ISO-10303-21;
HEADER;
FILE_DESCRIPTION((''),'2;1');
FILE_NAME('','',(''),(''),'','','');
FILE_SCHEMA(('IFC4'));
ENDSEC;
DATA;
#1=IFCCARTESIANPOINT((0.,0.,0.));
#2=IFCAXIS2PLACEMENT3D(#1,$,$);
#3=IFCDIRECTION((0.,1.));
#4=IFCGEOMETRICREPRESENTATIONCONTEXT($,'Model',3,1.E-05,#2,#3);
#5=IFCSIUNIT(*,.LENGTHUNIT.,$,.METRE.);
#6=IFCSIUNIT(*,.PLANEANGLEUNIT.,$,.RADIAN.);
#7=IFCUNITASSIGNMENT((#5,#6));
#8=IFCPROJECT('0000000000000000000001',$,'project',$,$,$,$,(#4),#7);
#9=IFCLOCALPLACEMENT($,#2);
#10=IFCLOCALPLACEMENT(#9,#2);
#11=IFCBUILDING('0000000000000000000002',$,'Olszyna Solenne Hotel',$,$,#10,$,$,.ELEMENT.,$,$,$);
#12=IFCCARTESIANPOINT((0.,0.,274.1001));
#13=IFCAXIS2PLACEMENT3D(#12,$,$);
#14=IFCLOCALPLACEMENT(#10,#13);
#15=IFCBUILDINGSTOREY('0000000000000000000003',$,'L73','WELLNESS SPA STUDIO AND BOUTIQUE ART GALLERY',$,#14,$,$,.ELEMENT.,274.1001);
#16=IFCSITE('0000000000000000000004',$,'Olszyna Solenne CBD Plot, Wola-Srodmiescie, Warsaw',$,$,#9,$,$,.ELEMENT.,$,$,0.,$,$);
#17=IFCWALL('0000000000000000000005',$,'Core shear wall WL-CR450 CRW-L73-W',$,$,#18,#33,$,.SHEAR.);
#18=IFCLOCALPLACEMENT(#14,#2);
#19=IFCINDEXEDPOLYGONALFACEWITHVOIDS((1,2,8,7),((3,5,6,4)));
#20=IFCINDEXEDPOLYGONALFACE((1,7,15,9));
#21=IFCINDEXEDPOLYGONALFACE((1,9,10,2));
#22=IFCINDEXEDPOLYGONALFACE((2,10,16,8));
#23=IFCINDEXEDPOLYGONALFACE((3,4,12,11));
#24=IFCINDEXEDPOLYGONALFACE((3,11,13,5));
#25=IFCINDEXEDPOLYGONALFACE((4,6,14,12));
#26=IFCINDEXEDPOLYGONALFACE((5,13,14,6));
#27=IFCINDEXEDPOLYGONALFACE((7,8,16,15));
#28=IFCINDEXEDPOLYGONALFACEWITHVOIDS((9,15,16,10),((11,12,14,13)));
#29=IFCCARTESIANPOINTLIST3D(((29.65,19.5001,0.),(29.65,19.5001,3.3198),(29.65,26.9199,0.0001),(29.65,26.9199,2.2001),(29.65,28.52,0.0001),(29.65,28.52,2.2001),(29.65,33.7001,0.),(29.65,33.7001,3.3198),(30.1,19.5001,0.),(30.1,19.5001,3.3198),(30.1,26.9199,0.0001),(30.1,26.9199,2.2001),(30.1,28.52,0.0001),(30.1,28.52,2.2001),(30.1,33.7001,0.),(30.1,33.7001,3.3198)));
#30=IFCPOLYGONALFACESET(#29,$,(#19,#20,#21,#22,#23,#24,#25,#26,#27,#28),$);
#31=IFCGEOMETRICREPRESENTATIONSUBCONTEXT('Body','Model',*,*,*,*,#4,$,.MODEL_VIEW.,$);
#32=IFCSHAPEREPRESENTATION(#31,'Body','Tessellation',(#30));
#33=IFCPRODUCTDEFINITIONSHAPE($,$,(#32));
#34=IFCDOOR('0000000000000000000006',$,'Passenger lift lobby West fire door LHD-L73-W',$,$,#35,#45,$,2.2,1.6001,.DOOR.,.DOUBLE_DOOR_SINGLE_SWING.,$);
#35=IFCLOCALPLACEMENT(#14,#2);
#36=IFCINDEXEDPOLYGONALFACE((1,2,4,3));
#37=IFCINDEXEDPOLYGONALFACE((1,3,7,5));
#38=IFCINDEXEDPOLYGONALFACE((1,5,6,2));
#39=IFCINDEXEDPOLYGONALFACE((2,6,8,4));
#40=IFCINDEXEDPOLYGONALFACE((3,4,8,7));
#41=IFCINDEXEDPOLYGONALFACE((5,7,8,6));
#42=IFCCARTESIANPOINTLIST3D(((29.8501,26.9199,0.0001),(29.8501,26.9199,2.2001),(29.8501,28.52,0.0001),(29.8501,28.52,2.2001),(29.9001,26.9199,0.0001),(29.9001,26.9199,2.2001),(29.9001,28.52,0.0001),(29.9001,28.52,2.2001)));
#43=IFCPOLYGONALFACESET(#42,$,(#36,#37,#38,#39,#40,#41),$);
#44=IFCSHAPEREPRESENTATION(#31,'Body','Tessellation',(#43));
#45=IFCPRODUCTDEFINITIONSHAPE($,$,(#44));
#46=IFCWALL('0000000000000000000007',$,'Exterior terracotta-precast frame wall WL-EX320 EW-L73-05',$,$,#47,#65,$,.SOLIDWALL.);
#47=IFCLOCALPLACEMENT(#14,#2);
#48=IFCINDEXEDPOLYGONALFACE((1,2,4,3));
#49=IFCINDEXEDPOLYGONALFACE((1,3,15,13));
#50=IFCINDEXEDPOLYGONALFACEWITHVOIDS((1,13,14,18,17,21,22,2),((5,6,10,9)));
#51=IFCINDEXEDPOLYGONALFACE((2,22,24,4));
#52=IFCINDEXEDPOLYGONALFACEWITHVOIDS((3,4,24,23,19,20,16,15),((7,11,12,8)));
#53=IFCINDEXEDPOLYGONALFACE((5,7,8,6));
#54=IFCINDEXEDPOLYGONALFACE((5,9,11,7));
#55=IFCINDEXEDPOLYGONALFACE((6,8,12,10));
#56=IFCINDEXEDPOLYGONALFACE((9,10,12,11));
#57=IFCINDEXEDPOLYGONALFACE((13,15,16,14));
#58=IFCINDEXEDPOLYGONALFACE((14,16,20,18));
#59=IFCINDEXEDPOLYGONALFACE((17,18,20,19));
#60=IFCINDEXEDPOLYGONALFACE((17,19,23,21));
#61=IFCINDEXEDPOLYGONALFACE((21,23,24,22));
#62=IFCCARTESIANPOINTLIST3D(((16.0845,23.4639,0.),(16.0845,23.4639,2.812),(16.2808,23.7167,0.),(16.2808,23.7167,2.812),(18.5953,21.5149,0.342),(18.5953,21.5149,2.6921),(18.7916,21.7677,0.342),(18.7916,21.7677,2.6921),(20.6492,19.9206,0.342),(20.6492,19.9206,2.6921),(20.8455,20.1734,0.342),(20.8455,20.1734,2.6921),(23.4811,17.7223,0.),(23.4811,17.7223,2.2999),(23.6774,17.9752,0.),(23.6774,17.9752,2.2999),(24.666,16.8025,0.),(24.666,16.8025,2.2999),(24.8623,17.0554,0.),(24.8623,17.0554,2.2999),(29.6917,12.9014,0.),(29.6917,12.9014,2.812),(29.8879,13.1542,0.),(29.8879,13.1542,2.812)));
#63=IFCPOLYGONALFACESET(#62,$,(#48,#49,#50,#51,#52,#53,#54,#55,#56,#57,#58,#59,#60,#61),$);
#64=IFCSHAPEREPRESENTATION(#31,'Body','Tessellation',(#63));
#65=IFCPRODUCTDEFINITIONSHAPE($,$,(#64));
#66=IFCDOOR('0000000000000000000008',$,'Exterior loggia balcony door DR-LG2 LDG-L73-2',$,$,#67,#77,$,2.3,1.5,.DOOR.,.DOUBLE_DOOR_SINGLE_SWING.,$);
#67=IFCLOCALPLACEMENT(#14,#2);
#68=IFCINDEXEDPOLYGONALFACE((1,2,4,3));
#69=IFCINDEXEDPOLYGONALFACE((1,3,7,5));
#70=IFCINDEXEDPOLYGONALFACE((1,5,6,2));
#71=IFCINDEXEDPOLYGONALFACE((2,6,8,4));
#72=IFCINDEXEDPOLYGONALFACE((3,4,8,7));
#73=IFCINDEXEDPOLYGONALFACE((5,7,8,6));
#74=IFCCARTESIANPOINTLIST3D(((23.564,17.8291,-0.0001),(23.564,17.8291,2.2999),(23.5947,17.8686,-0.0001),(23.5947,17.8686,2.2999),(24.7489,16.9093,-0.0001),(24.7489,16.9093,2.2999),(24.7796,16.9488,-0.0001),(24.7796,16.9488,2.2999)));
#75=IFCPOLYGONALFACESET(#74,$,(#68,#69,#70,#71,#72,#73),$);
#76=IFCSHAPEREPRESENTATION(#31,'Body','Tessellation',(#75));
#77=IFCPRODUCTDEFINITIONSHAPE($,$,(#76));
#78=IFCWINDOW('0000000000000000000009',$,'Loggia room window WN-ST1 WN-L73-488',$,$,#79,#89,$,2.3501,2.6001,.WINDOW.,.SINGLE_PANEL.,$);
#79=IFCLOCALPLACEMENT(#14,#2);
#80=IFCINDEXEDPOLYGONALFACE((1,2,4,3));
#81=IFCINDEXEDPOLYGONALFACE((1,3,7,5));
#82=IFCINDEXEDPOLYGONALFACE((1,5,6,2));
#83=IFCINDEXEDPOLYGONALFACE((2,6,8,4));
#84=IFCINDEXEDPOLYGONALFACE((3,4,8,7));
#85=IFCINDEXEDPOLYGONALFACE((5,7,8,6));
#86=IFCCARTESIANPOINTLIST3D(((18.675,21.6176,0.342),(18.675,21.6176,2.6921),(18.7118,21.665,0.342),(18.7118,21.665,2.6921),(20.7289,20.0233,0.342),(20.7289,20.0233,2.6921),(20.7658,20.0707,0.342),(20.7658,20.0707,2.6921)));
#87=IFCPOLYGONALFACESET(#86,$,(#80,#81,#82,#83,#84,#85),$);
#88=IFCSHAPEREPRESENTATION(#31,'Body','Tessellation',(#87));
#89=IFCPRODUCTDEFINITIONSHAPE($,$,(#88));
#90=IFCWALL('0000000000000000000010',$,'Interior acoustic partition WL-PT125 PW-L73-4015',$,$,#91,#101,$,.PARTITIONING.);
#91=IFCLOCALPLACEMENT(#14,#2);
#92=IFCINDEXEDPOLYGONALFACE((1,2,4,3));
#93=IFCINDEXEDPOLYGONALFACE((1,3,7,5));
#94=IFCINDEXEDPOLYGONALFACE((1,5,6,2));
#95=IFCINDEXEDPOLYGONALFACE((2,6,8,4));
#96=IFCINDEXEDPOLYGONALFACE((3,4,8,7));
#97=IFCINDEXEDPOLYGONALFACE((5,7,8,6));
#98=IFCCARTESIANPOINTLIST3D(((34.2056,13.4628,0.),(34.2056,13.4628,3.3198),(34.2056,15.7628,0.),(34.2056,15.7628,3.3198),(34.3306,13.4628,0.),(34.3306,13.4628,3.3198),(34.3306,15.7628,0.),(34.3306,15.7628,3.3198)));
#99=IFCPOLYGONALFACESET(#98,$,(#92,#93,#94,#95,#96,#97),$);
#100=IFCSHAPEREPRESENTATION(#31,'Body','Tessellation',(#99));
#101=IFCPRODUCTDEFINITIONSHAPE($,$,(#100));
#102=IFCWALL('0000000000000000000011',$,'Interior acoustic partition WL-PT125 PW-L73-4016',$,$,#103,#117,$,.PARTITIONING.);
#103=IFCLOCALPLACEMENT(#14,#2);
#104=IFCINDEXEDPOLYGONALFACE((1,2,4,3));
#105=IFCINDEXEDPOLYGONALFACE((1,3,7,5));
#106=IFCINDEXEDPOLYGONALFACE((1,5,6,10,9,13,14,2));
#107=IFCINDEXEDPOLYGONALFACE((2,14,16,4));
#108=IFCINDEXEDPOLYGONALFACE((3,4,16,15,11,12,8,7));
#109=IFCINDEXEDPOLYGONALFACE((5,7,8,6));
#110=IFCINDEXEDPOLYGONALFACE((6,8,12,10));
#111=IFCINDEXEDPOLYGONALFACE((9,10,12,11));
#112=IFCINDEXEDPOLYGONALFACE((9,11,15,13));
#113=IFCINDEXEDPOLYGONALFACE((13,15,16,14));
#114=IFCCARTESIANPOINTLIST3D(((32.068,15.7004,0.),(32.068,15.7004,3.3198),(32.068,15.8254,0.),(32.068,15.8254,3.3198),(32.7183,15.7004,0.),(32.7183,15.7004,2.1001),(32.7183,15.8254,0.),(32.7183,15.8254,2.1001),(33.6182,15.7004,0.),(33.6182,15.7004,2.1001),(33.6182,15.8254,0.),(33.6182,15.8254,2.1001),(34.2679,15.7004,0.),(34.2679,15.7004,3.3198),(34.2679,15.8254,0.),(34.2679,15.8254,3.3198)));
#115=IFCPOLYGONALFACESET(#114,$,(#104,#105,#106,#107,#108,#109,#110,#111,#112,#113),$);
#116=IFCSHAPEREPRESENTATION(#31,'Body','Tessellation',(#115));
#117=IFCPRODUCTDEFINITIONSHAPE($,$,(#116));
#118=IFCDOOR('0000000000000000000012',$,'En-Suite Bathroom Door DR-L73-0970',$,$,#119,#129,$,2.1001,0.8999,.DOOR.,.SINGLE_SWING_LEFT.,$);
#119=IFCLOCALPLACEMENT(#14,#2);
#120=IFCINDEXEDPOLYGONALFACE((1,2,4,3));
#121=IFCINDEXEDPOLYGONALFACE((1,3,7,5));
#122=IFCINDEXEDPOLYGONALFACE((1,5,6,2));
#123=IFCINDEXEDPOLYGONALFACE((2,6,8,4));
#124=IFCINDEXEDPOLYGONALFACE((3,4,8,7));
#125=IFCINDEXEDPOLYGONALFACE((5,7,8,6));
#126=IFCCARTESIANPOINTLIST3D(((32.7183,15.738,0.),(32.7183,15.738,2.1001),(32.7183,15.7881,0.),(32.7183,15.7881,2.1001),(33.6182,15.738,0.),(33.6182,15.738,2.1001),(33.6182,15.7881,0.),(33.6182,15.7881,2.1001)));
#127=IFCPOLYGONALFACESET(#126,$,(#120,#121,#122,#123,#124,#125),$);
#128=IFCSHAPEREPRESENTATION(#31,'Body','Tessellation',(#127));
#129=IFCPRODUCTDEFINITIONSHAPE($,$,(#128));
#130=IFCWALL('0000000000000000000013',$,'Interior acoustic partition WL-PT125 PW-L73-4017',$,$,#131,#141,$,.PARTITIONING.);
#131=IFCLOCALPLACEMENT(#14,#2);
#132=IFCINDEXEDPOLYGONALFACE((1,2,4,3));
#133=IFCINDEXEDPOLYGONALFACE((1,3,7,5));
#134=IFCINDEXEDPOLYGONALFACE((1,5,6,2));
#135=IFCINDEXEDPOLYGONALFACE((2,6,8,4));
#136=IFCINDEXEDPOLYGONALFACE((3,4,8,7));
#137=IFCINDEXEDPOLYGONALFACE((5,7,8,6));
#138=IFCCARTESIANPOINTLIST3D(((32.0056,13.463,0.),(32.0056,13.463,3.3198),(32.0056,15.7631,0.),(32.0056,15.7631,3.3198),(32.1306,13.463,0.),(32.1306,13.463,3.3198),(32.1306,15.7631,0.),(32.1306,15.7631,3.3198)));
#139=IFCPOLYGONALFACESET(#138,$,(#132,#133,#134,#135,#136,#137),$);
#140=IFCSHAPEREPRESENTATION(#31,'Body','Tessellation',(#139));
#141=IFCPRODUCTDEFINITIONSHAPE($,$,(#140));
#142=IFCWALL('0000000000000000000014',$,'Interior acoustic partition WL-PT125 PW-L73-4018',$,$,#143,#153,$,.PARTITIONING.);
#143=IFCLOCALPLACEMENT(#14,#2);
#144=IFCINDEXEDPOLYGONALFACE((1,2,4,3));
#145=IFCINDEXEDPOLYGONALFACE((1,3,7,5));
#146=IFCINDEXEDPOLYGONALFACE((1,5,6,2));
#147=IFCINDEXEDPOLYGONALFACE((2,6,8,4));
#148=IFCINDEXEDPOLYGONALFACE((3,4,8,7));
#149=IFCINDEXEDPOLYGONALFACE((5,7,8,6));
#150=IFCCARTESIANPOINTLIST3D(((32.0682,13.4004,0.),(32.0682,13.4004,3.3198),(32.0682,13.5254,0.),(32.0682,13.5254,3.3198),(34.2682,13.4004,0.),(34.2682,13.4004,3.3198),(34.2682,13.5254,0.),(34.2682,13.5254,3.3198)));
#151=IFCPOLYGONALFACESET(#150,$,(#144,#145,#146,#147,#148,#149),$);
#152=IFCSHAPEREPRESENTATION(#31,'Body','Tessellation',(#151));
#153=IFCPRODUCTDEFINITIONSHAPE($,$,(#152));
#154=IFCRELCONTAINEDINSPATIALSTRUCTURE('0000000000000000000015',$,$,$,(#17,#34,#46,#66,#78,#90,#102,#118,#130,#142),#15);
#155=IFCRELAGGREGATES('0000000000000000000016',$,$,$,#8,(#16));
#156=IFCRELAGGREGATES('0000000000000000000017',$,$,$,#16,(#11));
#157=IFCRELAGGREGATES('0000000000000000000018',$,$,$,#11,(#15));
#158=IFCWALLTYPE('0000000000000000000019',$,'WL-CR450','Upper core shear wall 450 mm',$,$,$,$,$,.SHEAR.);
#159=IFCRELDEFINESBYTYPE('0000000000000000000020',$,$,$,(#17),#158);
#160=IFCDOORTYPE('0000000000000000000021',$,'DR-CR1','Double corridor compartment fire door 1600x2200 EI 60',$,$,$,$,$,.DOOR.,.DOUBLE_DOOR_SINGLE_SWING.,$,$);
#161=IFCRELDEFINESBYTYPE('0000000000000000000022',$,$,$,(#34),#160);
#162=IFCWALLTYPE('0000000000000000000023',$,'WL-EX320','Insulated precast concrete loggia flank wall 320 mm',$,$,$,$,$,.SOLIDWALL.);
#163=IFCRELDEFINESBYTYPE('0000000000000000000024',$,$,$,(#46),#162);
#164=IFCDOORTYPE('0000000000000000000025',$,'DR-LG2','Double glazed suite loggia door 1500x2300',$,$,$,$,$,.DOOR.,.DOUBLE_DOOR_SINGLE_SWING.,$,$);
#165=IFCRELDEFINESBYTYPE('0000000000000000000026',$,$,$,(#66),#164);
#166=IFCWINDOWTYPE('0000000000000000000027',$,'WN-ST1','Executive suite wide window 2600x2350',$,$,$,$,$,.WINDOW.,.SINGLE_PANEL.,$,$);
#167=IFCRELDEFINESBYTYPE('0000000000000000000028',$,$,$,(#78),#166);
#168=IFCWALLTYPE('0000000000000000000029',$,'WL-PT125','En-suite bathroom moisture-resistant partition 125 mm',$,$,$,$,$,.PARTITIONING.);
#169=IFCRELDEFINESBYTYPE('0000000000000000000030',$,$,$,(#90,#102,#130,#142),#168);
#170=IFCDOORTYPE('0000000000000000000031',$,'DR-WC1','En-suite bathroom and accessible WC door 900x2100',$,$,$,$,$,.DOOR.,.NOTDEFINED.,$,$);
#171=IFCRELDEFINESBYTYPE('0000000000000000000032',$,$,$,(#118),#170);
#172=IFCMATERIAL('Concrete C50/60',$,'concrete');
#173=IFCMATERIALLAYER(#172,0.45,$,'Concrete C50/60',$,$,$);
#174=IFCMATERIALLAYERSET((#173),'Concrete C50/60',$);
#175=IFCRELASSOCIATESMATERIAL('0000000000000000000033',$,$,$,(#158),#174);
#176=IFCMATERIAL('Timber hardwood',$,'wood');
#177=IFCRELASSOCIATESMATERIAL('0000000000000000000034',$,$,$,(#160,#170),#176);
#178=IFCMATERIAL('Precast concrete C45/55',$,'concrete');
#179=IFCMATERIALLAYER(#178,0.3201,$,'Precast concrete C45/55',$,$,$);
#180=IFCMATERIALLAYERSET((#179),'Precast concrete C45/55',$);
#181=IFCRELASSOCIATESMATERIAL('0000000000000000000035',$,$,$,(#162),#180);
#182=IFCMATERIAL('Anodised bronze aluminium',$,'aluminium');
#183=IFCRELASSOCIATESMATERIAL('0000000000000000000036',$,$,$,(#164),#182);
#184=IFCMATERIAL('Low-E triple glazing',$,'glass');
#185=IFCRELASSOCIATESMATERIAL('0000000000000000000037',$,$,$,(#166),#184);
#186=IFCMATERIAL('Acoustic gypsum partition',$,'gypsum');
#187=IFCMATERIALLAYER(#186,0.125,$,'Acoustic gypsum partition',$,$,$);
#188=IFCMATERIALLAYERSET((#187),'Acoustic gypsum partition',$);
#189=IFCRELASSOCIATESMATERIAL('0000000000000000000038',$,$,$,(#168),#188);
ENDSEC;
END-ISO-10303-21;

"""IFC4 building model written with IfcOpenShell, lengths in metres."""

from ifc_helpers import new_model, si_unit, direction, frame, frame_2d, origin, place, context, subcontext, project, spatial, rectangle, extrude, source, transform, mapped, material, layer, layer_set, type_object, type_shapes, element, fill, save


model = new_model("IFC4")

# Units and contexts
model_context = context("Model", 3, precision=1e-05, world=origin(), true_north=direction((0.0, 1.0)))
body_context = subcontext(model_context, "Body", "Model", "MODEL_VIEW")
ifc_project = project(units=[si_unit("LENGTHUNIT", "METRE"), si_unit("PLANEANGLEUNIT", "RADIAN")], contexts=[model_context])

# Site, building, storey
site_placement = place(None, origin())
site = spatial("IfcSite", under=ifc_project, at=site_placement, Name="Olszyna Solenne CBD Plot, Wola-Srodmiescie, Warsaw", CompositionType="ELEMENT", RefElevation=0.0)
building_placement = place(site_placement, origin())
building = spatial("IfcBuilding", under=site, at=building_placement, Name="Olszyna Solenne Hotel", CompositionType="ELEMENT")
storey_placement = place(building_placement, frame((0.0, 0.0, 274.1001)))
storey = spatial("IfcBuildingStorey", under=building, at=storey_placement, Name="L73", Description="WELLNESS SPA STUDIO AND BOUTIQUE ART GALLERY", CompositionType="ELEMENT", Elevation=274.1001)

# Shared definitions
ifc_material_1 = material(Name="Anodised bronze aluminium", Category="aluminium")

# Shared definitions
ifc_material_2 = material(Name="Concrete C50/60", Category="concrete")

# Shared definitions
ifc_material_3 = material(Name="Low-E triple glazing", Category="glass")

# Wall, opening, door
ifc_layer_1 = layer(ifc_material_2, 0.45, Name="Concrete C50/60")
ifc_layer_set_1 = layer_set([ifc_layer_1], Name="Concrete C50/60")
wall_type_1 = type_object("IfcWallType", Name="WL-CR450", Description="Upper core shear wall 450 mm", PredefinedType="SHEAR", material=ifc_layer_set_1)
wall_1_placement = place(storey_placement, frame((29.875, 19.5, 0.0), z_axis=(0.0, 0.0, 1.0), x_axis=(0.0, 1.0, 0.0)))
wall_1 = element("IfcWall", 1, at=wall_1_placement, inside=storey, type_object=wall_type_1, Name="Core shear wall WL-CR450 CRW-L73-W", PredefinedType="SHEAR", context=body_context, shape_type="SweptSolid", body=[
    extrude(rectangle(XDim=14.2, YDim=0.45, at=frame_2d((7.1001, 0.0))), origin(), (0.0, 0.0, 1.0), 3.3198),
])
opening_1_placement = place(wall_1_placement, frame((7.4199, 0.0, 0.0)))
opening_1 = element("IfcOpeningElement", 2, at=opening_1_placement, cuts=wall_1, PredefinedType="OPENING", context=body_context, shape_type="SweptSolid", body=[
    extrude(rectangle(XDim=1.6001, YDim=2.2, at=frame_2d((0.8, 1.1001))), frame((0.0, 0.2349, 0.0), z_axis=(0.0, -1.0, 0.0), x_axis=(1.0, 0.0, 0.0)), (0.0, 0.0, 1.0), 0.47),
])
ifc_material_4 = material(Name="Timber hardwood", Category="wood")
door_type_1 = type_object("IfcDoorType", Name="DR-CR1", Description="Double corridor compartment fire door 1600x2200 EI 60", OperationType="DOUBLE_DOOR_SINGLE_SWING", PredefinedType="DOOR", material=ifc_material_4)
shared_shape_1 = source(origin(), body_context, "Body", "SweptSolid", [
    extrude(rectangle(XDim=1.6001, YDim=2.2, at=frame_2d((0.8, 1.1001))), frame((0.0, 0.0249, 0.0), z_axis=(0.0, -1.0, 0.0), x_axis=(1.0, 0.0, 0.0)), (0.0, 0.0, 1.0), 0.05),
])
type_shapes(door_type_1, [shared_shape_1])
door_1_placement = place(opening_1_placement, origin())
door_1 = element("IfcDoor", 3, at=door_1_placement, inside=storey, type_object=door_type_1, Name="Passenger lift lobby West fire door LHD-L73-W", OperationType="DOUBLE_DOOR_SINGLE_SWING", OverallHeight=2.2, OverallWidth=1.6001, PredefinedType="DOOR", context=body_context, shape_type="MappedRepresentation", body=[
    mapped(shared_shape_1, transform((0.0, 0.0, 0.0), x_axis=(1.0, 0.0, 0.0), y_axis=(0.0, 1.0, 0.0), z_axis=(0.0, 0.0, 1.0), scale=1.0)),
])
fill(opening_1, door_1)

# Wall, openings, door, window
ifc_material_5 = material(Name="Precast concrete C45/55", Category="concrete")
ifc_layer_2 = layer(ifc_material_5, 0.3201, Name="Precast concrete C45/55")
ifc_layer_set_2 = layer_set([ifc_layer_2], Name="Precast concrete C45/55")
wall_type_2 = type_object("IfcWallType", Name="WL-EX320", Description="Insulated precast concrete loggia flank wall 320 mm", PredefinedType="SOLIDWALL", material=ifc_layer_set_2)
wall_2_placement = place(storey_placement, frame((29.7898, 13.0278, 0.0), z_axis=(0.0, 0.0, 1.0), x_axis=(-0.789939, 0.613186, 0.0)))
wall_2 = element("IfcWall", 4, at=wall_2_placement, inside=storey, type_object=wall_type_2, Name="Exterior terracotta-precast frame wall WL-EX320 EW-L73-05", PredefinedType="SOLIDWALL", context=body_context, shape_type="SweptSolid", body=[
    extrude(rectangle(XDim=17.2256, YDim=0.3201, at=frame_2d((8.6128, 0.0))), origin(), (0.0, 0.0, 1.0), 2.812),
])
opening_2_placement = place(wall_2_placement, frame((6.3621, 0.0, 0.0)))
opening_2 = element("IfcOpeningElement", 5, at=opening_2_placement, cuts=wall_2, PredefinedType="OPENING", context=body_context, shape_type="SweptSolid", body=[
    extrude(rectangle(XDim=1.5, YDim=2.3, at=frame_2d((0.75, 1.1499))), frame((0.0, 0.1699, 0.0), z_axis=(0.0, -1.0, 0.0), x_axis=(1.0, 0.0, 0.0)), (0.0, 0.0, 1.0), 0.3401),
])
opening_3_placement = place(wall_2_placement, frame((11.447, 0.0, 0.342)))
opening_3 = element("IfcOpeningElement", 6, at=opening_3_placement, cuts=wall_2, PredefinedType="OPENING", context=body_context, shape_type="SweptSolid", body=[
    extrude(rectangle(XDim=2.6001, YDim=2.3501, at=frame_2d((1.3, 1.175))), frame((0.0, 0.1699, 0.0), z_axis=(0.0, -1.0, 0.0), x_axis=(1.0, 0.0, 0.0)), (0.0, 0.0, 1.0), 0.3401),
])
door_type_2 = type_object("IfcDoorType", Name="DR-LG2", Description="Double glazed suite loggia door 1500x2300", OperationType="DOUBLE_DOOR_SINGLE_SWING", PredefinedType="DOOR", material=ifc_material_1)
shared_shape_2 = source(origin(), body_context, "Body", "SweptSolid", [
    extrude(rectangle(XDim=1.5, YDim=2.3, at=frame_2d((0.75, 1.1499))), frame((0.0, 0.0249, 0.0), z_axis=(0.0, -1.0, 0.0), x_axis=(1.0, 0.0, 0.0)), (0.0, 0.0, 1.0), 0.05),
])
type_shapes(door_type_2, [shared_shape_2])
door_2_placement = place(opening_2_placement, origin())
door_2 = element("IfcDoor", 7, at=door_2_placement, inside=storey, type_object=door_type_2, Name="Exterior loggia balcony door DR-LG2 LDG-L73-2", OperationType="DOUBLE_DOOR_SINGLE_SWING", OverallHeight=2.3, OverallWidth=1.5, PredefinedType="DOOR", context=body_context, shape_type="MappedRepresentation", body=[
    mapped(shared_shape_2, transform((0.0, 0.0, 0.0), x_axis=(1.0, 0.0, 0.0), y_axis=(0.0, 1.0, 0.0), z_axis=(0.0, 0.0, 1.0), scale=1.0)),
])
fill(opening_2, door_2)
window_type = type_object("IfcWindowType", Name="WN-ST1", Description="Executive suite wide window 2600x2350", PartitioningType="SINGLE_PANEL", PredefinedType="WINDOW", material=ifc_material_3)
shared_shape_3 = source(origin(), body_context, "Body", "SweptSolid", [
    extrude(rectangle(XDim=2.6001, YDim=2.3501, at=frame_2d((1.3, 1.175))), frame((0.0, 0.03, 0.0), z_axis=(0.0, -1.0, 0.0), x_axis=(1.0, 0.0, 0.0)), (0.0, 0.0, 1.0), 0.0601),
])
type_shapes(window_type, [shared_shape_3])
window_placement = place(opening_3_placement, origin())
window = element("IfcWindow", 8, at=window_placement, inside=storey, type_object=window_type, Name="Loggia room window WN-ST1 WN-L73-488", OverallHeight=2.3501, OverallWidth=2.6001, PartitioningType="SINGLE_PANEL", PredefinedType="WINDOW", context=body_context, shape_type="MappedRepresentation", body=[
    mapped(shared_shape_3, transform((0.0, 0.0, 0.0), x_axis=(1.0, 0.0, 0.0), y_axis=(0.0, 1.0, 0.0), z_axis=(0.0, 0.0, 1.0), scale=1.0)),
])
fill(opening_3, window)

# Wall
ifc_material_6 = material(Name="Acoustic gypsum partition", Category="gypsum")
ifc_layer_3 = layer(ifc_material_6, 0.125, Name="Acoustic gypsum partition")
ifc_layer_set_3 = layer_set([ifc_layer_3], Name="Acoustic gypsum partition")
wall_type_3 = type_object("IfcWallType", Name="WL-PT125", Description="En-suite bathroom moisture-resistant partition 125 mm", PredefinedType="PARTITIONING", material=ifc_layer_set_3)
wall_3_placement = place(storey_placement, frame((34.2681, 13.4629, 0.0), z_axis=(0.0, 0.0, 1.0), x_axis=(0.0, 1.0, 0.0)))
element("IfcWall", 9, at=wall_3_placement, inside=storey, type_object=wall_type_3, Name="Interior acoustic partition WL-PT125 PW-L73-4015", PredefinedType="PARTITIONING", context=body_context, shape_type="SweptSolid", body=[
    extrude(rectangle(XDim=2.3, YDim=0.125, at=frame_2d((1.1499, 0.0))), origin(), (0.0, 0.0, 1.0), 3.3198),
])

# Wall, opening, door
wall_4_placement = place(storey_placement, frame((34.2681, 15.7629, 0.0), z_axis=(0.0, 0.0, 1.0), x_axis=(-1.0, 0.0, 0.0)))
wall_4 = element("IfcWall", 10, at=wall_4_placement, inside=storey, type_object=wall_type_3, Name="Interior acoustic partition WL-PT125 PW-L73-4016", PredefinedType="PARTITIONING", context=body_context, shape_type="SweptSolid", body=[
    extrude(rectangle(XDim=2.2, YDim=0.125, at=frame_2d((1.1001, 0.0))), origin(), (0.0, 0.0, 1.0), 3.3198),
])
opening_4_placement = place(wall_4_placement, frame((0.6499, 0.0, 0.0)))
opening_4 = element("IfcOpeningElement", 11, at=opening_4_placement, cuts=wall_4, PredefinedType="OPENING", context=body_context, shape_type="SweptSolid", body=[
    extrude(rectangle(XDim=0.8999, YDim=2.1001, at=frame_2d((0.45, 1.05))), frame((0.0, 0.0725, 0.0), z_axis=(0.0, -1.0, 0.0), x_axis=(1.0, 0.0, 0.0)), (0.0, 0.0, 1.0), 0.145),
])
door_type_3 = type_object("IfcDoorType", Name="DR-WC1", Description="En-suite bathroom and accessible WC door 900x2100", OperationType="NOTDEFINED", PredefinedType="DOOR", material=ifc_material_4)
shared_shape_4 = source(origin(), body_context, "Body", "SweptSolid", [
    extrude(rectangle(XDim=0.8999, YDim=2.1001, at=frame_2d((0.45, 1.05))), frame((0.0, 0.0249, 0.0), z_axis=(0.0, -1.0, 0.0), x_axis=(1.0, 0.0, 0.0)), (0.0, 0.0, 1.0), 0.05),
])
type_shapes(door_type_3, [shared_shape_4])
door_3_placement = place(opening_4_placement, origin())
door_3 = element("IfcDoor", 12, at=door_3_placement, inside=storey, type_object=door_type_3, Name="En-Suite Bathroom Door DR-L73-0970", OperationType="SINGLE_SWING_LEFT", OverallHeight=2.1001, OverallWidth=0.8999, PredefinedType="DOOR", context=body_context, shape_type="MappedRepresentation", body=[
    mapped(shared_shape_4, transform((0.0, 0.0, 0.0), x_axis=(1.0, 0.0, 0.0), y_axis=(0.0, 1.0, 0.0), z_axis=(0.0, 0.0, 1.0), scale=1.0)),
])
fill(opening_4, door_3)

# Walls
wall_5_placement = place(storey_placement, frame((32.0681, 15.7629, 0.0), z_axis=(0.0, 0.0, 1.0), x_axis=(0.0, -1.0, 0.0)))
element("IfcWall", 13, at=wall_5_placement, inside=storey, type_object=wall_type_3, Name="Interior acoustic partition WL-PT125 PW-L73-4017", PredefinedType="PARTITIONING", context=body_context, shape_type="SweptSolid", body=[
    extrude(rectangle(XDim=2.3, YDim=0.125, at=frame_2d((1.1499, 0.0))), origin(), (0.0, 0.0, 1.0), 3.3198),
])
wall_6_placement = place(storey_placement, frame((32.0681, 13.4629, 0.0), z_axis=(0.0, 0.0, 1.0), x_axis=(1.0, 0.0, 0.0)))
element("IfcWall", 14, at=wall_6_placement, inside=storey, type_object=wall_type_3, Name="Interior acoustic partition WL-PT125 PW-L73-4018", PredefinedType="PARTITIONING", context=body_context, shape_type="SweptSolid", body=[
    extrude(rectangle(XDim=2.2, YDim=0.125, at=frame_2d((1.1001, 0.0))), origin(), (0.0, 0.0, 1.0), 3.3198),
])

save(model, "model.ifc")
